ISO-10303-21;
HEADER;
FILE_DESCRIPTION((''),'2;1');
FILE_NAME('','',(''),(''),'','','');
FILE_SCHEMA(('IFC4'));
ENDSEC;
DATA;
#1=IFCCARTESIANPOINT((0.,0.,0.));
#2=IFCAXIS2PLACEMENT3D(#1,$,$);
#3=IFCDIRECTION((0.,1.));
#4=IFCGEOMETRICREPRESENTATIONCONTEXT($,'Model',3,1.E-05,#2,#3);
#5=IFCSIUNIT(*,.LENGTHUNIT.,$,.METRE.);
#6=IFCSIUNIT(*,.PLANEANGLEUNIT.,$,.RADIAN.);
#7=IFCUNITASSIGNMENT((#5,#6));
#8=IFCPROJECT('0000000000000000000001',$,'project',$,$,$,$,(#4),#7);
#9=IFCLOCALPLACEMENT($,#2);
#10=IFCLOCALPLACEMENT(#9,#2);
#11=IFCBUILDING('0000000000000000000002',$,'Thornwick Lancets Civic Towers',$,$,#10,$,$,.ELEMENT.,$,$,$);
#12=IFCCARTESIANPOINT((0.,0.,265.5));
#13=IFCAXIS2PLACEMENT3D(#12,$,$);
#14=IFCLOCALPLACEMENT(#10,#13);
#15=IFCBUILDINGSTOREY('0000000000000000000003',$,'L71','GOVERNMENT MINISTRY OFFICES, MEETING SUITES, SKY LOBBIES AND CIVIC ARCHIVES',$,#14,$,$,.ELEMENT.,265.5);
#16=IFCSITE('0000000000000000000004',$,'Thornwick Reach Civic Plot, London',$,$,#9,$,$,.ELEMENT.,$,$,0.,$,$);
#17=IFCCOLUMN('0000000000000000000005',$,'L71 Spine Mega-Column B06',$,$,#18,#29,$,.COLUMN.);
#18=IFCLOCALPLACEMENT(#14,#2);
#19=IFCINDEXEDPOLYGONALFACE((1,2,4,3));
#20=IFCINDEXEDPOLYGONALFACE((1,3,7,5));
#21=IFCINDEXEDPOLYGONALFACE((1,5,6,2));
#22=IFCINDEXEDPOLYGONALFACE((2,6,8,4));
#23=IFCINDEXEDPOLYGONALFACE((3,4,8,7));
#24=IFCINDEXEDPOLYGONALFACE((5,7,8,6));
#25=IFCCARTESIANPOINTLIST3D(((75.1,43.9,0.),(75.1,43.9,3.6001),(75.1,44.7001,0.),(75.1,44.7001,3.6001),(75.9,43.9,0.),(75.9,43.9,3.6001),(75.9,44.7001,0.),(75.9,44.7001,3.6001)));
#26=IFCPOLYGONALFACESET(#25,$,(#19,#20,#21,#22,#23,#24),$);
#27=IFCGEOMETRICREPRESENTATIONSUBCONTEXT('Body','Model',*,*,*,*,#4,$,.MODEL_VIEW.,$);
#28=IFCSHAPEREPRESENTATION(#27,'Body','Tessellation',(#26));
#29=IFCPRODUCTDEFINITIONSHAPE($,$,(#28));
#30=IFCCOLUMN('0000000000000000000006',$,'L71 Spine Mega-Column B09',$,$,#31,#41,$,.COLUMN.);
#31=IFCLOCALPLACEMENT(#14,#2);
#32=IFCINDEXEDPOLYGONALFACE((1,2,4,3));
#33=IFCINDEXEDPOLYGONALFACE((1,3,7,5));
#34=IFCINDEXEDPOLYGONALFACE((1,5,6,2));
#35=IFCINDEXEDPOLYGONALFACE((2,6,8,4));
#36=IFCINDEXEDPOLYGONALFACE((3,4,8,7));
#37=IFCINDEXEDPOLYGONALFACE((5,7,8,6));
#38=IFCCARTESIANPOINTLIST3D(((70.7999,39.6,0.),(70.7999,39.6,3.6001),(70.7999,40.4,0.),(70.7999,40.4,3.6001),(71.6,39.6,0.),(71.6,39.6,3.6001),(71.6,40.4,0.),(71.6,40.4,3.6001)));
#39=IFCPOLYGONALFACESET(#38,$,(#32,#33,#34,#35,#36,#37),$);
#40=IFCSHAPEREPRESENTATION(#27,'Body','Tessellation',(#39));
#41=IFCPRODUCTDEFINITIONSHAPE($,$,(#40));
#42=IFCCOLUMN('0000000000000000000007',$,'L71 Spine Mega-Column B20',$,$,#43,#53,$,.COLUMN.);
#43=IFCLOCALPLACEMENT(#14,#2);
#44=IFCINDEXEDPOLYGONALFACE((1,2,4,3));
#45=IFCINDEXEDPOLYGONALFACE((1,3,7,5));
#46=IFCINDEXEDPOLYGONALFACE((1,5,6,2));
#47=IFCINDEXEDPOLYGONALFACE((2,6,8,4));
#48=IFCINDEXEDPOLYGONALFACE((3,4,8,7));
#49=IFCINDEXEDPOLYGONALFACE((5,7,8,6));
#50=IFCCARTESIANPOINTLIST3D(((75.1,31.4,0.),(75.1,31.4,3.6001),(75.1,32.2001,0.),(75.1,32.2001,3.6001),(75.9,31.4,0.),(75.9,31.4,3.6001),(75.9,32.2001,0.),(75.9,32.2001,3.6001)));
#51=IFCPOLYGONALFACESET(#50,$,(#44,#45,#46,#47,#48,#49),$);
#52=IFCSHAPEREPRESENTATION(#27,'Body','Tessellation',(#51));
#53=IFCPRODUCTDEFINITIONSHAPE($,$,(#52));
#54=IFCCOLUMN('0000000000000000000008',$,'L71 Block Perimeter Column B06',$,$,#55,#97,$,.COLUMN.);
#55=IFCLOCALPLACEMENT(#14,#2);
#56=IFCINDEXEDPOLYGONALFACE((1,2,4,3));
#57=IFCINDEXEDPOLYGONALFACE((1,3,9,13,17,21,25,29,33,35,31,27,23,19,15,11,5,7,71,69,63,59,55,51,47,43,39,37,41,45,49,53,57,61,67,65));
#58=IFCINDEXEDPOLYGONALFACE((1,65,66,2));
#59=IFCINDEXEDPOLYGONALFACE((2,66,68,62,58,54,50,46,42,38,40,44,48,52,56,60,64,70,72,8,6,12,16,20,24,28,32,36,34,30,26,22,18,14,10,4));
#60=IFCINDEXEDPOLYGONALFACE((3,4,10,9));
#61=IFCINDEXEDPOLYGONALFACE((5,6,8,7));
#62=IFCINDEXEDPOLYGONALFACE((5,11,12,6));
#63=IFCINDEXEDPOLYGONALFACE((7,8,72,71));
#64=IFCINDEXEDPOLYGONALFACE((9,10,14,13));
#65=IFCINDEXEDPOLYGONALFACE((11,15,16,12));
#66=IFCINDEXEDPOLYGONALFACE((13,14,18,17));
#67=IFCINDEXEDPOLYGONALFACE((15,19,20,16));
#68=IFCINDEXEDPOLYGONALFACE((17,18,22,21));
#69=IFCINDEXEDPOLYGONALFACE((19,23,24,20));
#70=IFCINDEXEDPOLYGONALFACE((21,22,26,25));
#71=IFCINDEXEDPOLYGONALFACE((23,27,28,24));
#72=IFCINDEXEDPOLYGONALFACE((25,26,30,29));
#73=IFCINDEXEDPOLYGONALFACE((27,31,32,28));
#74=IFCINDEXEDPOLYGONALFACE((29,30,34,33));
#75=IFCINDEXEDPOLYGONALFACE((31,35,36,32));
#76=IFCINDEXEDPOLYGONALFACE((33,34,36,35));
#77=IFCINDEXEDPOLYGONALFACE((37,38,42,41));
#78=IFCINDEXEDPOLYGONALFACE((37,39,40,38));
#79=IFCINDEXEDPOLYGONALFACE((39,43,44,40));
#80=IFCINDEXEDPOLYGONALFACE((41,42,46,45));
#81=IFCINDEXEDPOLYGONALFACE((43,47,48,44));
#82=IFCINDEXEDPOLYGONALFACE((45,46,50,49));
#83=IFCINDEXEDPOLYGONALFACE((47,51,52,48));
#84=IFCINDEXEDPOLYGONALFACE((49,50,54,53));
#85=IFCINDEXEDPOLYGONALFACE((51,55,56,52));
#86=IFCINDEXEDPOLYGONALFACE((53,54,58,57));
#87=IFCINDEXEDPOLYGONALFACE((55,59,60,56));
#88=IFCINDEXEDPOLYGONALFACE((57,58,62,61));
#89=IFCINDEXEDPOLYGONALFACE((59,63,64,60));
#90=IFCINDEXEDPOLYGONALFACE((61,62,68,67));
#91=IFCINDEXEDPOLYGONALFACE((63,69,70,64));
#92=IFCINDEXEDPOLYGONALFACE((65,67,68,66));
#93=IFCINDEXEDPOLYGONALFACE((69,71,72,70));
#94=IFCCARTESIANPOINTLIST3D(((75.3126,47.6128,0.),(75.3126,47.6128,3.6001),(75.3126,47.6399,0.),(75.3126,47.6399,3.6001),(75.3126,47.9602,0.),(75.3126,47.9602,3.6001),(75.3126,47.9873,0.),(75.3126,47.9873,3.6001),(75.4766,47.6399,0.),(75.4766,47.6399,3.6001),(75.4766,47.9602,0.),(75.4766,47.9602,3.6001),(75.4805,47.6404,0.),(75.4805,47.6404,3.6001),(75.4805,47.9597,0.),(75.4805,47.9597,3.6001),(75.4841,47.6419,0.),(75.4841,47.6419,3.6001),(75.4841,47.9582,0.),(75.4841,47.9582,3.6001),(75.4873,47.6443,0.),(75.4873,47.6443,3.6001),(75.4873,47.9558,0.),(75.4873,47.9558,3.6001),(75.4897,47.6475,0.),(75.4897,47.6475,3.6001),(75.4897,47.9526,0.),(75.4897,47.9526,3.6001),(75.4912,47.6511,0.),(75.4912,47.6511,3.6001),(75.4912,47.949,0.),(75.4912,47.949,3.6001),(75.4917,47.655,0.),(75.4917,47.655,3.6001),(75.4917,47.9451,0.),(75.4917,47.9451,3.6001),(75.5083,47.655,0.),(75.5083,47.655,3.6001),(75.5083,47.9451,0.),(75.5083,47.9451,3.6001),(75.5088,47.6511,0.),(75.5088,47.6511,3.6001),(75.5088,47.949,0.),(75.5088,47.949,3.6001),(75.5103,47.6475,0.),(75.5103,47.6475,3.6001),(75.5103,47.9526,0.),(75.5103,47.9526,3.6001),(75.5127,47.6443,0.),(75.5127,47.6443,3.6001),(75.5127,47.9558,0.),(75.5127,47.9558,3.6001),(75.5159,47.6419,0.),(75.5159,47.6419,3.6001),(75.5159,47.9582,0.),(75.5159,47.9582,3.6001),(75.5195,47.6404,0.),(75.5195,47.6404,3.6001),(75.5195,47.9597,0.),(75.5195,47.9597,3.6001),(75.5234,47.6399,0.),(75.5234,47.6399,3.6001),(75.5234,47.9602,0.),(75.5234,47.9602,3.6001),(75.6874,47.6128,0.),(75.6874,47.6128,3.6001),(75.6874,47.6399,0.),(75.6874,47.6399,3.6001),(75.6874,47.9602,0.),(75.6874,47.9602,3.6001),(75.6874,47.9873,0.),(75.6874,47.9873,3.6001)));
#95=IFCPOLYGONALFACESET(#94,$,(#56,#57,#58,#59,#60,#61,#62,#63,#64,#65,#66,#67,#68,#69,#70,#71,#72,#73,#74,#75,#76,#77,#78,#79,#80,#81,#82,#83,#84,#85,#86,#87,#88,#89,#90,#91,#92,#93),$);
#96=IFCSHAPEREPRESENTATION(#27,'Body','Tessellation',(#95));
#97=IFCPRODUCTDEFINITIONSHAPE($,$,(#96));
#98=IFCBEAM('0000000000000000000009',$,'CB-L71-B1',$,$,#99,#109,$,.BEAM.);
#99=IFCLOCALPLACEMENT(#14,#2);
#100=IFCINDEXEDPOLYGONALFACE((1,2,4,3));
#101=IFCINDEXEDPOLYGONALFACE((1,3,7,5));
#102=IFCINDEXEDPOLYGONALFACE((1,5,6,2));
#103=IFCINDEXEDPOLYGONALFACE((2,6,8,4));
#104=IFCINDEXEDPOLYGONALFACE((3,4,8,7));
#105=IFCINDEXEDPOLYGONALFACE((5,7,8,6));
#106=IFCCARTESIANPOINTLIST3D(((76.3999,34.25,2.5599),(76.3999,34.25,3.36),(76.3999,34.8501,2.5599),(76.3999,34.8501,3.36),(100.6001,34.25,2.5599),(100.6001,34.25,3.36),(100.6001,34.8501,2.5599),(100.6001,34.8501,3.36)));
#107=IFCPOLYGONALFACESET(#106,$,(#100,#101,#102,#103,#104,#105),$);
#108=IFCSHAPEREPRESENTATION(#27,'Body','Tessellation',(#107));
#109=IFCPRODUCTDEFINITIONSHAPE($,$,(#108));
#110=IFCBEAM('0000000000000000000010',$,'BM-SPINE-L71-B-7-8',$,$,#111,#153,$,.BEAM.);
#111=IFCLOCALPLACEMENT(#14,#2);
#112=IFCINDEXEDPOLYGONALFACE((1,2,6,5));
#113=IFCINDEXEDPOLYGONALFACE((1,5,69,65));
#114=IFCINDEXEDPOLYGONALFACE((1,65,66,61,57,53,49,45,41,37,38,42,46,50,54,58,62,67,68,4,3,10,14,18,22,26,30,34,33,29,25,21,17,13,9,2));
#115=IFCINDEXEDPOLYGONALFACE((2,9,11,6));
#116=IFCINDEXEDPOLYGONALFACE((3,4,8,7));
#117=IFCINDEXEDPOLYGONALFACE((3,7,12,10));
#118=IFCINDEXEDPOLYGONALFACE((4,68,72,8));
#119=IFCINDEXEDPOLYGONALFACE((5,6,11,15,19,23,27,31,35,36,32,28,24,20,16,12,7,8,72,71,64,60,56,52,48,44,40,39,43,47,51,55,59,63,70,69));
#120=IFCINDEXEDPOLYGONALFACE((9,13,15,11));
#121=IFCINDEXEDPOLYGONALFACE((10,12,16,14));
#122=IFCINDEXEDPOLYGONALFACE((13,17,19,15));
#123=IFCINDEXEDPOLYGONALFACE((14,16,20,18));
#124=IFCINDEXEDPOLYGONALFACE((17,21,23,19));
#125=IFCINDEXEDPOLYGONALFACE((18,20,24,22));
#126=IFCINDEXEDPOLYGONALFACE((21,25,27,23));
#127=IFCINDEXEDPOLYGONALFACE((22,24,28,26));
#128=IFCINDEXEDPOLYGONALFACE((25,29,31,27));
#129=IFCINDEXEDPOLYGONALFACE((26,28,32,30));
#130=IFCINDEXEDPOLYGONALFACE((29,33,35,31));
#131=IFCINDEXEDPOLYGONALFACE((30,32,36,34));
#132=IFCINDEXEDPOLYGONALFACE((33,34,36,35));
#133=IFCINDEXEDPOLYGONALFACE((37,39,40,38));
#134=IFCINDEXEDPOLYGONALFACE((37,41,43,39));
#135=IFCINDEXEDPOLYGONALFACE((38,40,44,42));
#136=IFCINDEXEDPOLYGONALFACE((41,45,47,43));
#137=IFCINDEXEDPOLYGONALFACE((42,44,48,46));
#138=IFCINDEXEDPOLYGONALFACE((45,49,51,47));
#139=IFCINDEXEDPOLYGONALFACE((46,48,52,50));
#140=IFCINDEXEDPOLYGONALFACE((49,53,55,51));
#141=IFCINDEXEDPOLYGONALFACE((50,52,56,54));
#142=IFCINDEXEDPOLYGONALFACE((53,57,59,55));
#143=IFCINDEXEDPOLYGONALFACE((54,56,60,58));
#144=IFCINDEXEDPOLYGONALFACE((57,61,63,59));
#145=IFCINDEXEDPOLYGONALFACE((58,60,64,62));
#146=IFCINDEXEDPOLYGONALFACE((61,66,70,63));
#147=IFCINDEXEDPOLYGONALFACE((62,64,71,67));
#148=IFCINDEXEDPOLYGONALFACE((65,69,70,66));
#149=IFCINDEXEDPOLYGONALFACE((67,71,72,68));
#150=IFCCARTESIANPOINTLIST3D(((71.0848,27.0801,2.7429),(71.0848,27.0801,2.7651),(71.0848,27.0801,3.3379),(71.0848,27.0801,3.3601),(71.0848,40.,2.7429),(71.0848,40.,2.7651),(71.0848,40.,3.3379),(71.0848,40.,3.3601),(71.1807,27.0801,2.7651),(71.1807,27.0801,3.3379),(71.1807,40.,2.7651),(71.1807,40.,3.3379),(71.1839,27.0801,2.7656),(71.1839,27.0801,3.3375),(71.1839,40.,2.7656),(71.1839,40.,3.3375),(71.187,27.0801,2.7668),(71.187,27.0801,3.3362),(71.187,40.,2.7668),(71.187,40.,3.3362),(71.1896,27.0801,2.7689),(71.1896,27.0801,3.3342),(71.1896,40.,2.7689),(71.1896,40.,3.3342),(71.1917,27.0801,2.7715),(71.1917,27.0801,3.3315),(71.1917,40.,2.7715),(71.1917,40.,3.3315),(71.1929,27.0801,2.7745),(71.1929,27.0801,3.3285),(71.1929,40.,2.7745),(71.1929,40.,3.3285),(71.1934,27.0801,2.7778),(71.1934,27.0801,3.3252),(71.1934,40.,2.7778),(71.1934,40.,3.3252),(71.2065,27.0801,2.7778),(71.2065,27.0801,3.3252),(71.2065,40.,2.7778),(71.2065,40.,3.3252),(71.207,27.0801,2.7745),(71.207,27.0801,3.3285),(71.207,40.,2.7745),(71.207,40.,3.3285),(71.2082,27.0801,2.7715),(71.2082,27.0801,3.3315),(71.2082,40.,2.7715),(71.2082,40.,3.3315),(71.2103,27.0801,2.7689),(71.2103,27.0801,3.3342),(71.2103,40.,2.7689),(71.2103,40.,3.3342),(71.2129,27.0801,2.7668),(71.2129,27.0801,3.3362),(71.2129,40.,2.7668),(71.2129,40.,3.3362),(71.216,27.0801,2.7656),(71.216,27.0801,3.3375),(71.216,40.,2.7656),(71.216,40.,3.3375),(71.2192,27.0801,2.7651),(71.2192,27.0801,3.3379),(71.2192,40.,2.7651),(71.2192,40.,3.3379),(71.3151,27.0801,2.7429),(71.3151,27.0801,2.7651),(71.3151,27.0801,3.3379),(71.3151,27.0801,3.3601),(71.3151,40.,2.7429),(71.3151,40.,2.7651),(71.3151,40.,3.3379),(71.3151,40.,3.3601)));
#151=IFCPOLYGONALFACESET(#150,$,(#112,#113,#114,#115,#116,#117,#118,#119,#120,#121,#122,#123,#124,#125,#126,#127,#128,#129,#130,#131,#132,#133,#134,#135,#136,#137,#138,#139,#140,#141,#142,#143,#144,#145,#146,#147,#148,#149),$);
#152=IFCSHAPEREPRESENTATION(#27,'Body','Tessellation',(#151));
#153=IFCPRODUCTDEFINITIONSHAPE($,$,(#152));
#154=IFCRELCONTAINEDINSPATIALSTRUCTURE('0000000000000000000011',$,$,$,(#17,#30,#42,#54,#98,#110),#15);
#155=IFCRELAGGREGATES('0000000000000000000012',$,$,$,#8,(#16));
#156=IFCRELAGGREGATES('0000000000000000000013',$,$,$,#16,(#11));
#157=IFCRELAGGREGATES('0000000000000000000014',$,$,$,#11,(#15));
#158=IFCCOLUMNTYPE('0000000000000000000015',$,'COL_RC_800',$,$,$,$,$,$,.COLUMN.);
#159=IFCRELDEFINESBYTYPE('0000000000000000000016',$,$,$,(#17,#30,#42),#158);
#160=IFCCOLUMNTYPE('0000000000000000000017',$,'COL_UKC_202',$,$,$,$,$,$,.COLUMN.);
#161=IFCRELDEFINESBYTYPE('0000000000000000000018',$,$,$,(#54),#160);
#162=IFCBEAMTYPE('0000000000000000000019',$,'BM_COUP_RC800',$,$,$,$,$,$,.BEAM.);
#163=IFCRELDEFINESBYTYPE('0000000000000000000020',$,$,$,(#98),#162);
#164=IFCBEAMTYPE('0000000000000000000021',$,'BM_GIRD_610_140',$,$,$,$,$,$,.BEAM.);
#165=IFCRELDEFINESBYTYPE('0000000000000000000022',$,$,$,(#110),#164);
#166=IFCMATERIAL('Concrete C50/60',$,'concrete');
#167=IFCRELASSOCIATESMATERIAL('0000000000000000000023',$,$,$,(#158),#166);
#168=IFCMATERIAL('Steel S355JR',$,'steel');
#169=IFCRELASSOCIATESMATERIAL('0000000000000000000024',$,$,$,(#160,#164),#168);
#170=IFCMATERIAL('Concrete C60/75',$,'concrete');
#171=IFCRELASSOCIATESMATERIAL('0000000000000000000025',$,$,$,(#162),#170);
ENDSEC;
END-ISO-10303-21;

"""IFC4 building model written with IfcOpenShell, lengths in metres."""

from ifc_helpers import new_model, si_unit, direction, frame, origin, origin_2d, place, context, subcontext, project, spatial, rectangle, i_section, extrude, material, material_profile, profile_set, type_object, element, save


model = new_model("IFC4")

# Units and contexts
model_context = context("Model", 3, precision=1e-05, world=origin(), true_north=direction((0.0, 1.0)))
body_context = subcontext(model_context, "Body", "Model", "MODEL_VIEW")
ifc_project = project(units=[si_unit("LENGTHUNIT", "METRE"), si_unit("PLANEANGLEUNIT", "RADIAN")], contexts=[model_context])

# Site, building, storey
site_placement = place(None, origin())
site = spatial("IfcSite", under=ifc_project, at=site_placement, Name="Thornwick Reach Civic Plot, London", CompositionType="ELEMENT", RefElevation=0.0)
building_placement = place(site_placement, origin())
building = spatial("IfcBuilding", under=site, at=building_placement, Name="Thornwick Lancets Civic Towers", CompositionType="ELEMENT")
storey_placement = place(building_placement, frame((0.0, 0.0, 265.5)))
storey = spatial("IfcBuildingStorey", under=building, at=storey_placement, Name="L71", Description="GOVERNMENT MINISTRY OFFICES, MEETING SUITES, SKY LOBBIES AND CIVIC ARCHIVES", CompositionType="ELEMENT", Elevation=265.5)

# Columns
ifc_material_1 = material(Name="Concrete C50/60", Category="concrete")
ifc_material_profile_1 = material_profile(ifc_material_1, rectangle(XDim=0.8, YDim=0.8, at=origin_2d()), Name="RC 800x800")
ifc_profile_set_1 = profile_set([ifc_material_profile_1], Name="Concrete C50/60")
column_type_1 = type_object("IfcColumnType", Name="COL_RC_800", PredefinedType="COLUMN", material=ifc_profile_set_1)
for number, where, z_axis, x_axis, name in (
    (1, (75.5, 44.3, 0.0), (0.0, 0.0, 1.0), (1.0, 0.0, 0.0), "L71 Spine Mega-Column B06"),
    (2, (71.2, 40.0, 0.0), (0.0, 0.0, 1.0), (1.0, 0.0, 0.0), "L71 Spine Mega-Column B09"),
    (3, (75.5, 31.8, 0.0), (0.0, 0.0, 1.0), (1.0, 0.0, 0.0), "L71 Spine Mega-Column B20"),
):
    element("IfcColumn", number, at=place(storey_placement, frame(where, z_axis=z_axis, x_axis=x_axis)), inside=storey, type_object=column_type_1, Name=name, PredefinedType="COLUMN", context=body_context, shape_type="SweptSolid", body=[
        extrude(rectangle(XDim=0.8, YDim=0.8, at=origin_2d()), origin(), (0.0, 0.0, 1.0), 3.6001),
    ])
ifc_material_2 = material(Name="Steel S355JR", Category="steel")
ifc_material_profile_2 = material_profile(ifc_material_2, i_section(OverallWidth=0.3748, OverallDepth=0.3745, WebThickness=0.0166, FlangeThickness=0.0271, FilletRadius=0.0151, at=origin_2d()), Name="UKC 356x368x202")
ifc_profile_set_2 = profile_set([ifc_material_profile_2], Name="Steel S355JR")
column_type_2 = type_object("IfcColumnType", Name="COL_UKC_202", PredefinedType="COLUMN", material=ifc_profile_set_2)
column_placement = place(storey_placement, frame((75.5, 47.8, 0.0), z_axis=(0.0, 0.0, 1.0), x_axis=(1.0, 0.0, 0.0)))
element("IfcColumn", 4, at=column_placement, inside=storey, type_object=column_type_2, Name="L71 Block Perimeter Column B06", PredefinedType="COLUMN", context=body_context, shape_type="SweptSolid", body=[
    extrude(i_section(OverallWidth=0.3748, OverallDepth=0.3745, WebThickness=0.0166, FlangeThickness=0.0271, FilletRadius=0.0151, at=origin_2d()), origin(), (0.0, 0.0, 1.0), 3.6001),
])

# Beams
ifc_material_3 = material(Name="Concrete C60/75", Category="concrete")
ifc_material_profile_3 = material_profile(ifc_material_3, rectangle(XDim=0.6001, YDim=0.8, at=origin_2d()), Name="RC 600x800")
ifc_profile_set_3 = profile_set([ifc_material_profile_3], Name="Concrete C60/75")
beam_type_1 = type_object("IfcBeamType", Name="BM_COUP_RC800", PredefinedType="BEAM", material=ifc_profile_set_3)
beam_1_placement = place(storey_placement, frame((76.3999, 34.55, 2.96), z_axis=(1.0, 0.0, 0.0), x_axis=(0.0, 1.0, 0.0)))
element("IfcBeam", 5, at=beam_1_placement, inside=storey, type_object=beam_type_1, Name="CB-L71-B1", PredefinedType="BEAM", context=body_context, shape_type="SweptSolid", body=[
    extrude(rectangle(XDim=0.6001, YDim=0.8, at=origin_2d()), origin(), (0.0, 0.0, 1.0), 24.2002),
])
ifc_material_profile_4 = material_profile(ifc_material_2, i_section(OverallWidth=0.2302, OverallDepth=0.6172, WebThickness=0.0132, FlangeThickness=0.0222, FilletRadius=0.0127, at=origin_2d()), Name="UKB 610x229x140")
ifc_profile_set_4 = profile_set([ifc_material_profile_4], Name="Steel S355JR")
beam_type_2 = type_object("IfcBeamType", Name="BM_GIRD_610_140", PredefinedType="BEAM", material=ifc_profile_set_4)
beam_2_placement = place(storey_placement, frame((71.2, 27.0801, 3.0515), z_axis=(0.0, 1.0, 0.0), x_axis=(-1.0, 0.0, 0.0)))
element("IfcBeam", 6, at=beam_2_placement, inside=storey, type_object=beam_type_2, Name="BM-SPINE-L71-B-7-8", PredefinedType="BEAM", context=body_context, shape_type="SweptSolid", body=[
    extrude(i_section(OverallWidth=0.2302, OverallDepth=0.6172, WebThickness=0.0132, FlangeThickness=0.0222, FilletRadius=0.0127, at=origin_2d()), origin(), (0.0, 0.0, 1.0), 12.9199),
])

save(model, "model.ifc")
